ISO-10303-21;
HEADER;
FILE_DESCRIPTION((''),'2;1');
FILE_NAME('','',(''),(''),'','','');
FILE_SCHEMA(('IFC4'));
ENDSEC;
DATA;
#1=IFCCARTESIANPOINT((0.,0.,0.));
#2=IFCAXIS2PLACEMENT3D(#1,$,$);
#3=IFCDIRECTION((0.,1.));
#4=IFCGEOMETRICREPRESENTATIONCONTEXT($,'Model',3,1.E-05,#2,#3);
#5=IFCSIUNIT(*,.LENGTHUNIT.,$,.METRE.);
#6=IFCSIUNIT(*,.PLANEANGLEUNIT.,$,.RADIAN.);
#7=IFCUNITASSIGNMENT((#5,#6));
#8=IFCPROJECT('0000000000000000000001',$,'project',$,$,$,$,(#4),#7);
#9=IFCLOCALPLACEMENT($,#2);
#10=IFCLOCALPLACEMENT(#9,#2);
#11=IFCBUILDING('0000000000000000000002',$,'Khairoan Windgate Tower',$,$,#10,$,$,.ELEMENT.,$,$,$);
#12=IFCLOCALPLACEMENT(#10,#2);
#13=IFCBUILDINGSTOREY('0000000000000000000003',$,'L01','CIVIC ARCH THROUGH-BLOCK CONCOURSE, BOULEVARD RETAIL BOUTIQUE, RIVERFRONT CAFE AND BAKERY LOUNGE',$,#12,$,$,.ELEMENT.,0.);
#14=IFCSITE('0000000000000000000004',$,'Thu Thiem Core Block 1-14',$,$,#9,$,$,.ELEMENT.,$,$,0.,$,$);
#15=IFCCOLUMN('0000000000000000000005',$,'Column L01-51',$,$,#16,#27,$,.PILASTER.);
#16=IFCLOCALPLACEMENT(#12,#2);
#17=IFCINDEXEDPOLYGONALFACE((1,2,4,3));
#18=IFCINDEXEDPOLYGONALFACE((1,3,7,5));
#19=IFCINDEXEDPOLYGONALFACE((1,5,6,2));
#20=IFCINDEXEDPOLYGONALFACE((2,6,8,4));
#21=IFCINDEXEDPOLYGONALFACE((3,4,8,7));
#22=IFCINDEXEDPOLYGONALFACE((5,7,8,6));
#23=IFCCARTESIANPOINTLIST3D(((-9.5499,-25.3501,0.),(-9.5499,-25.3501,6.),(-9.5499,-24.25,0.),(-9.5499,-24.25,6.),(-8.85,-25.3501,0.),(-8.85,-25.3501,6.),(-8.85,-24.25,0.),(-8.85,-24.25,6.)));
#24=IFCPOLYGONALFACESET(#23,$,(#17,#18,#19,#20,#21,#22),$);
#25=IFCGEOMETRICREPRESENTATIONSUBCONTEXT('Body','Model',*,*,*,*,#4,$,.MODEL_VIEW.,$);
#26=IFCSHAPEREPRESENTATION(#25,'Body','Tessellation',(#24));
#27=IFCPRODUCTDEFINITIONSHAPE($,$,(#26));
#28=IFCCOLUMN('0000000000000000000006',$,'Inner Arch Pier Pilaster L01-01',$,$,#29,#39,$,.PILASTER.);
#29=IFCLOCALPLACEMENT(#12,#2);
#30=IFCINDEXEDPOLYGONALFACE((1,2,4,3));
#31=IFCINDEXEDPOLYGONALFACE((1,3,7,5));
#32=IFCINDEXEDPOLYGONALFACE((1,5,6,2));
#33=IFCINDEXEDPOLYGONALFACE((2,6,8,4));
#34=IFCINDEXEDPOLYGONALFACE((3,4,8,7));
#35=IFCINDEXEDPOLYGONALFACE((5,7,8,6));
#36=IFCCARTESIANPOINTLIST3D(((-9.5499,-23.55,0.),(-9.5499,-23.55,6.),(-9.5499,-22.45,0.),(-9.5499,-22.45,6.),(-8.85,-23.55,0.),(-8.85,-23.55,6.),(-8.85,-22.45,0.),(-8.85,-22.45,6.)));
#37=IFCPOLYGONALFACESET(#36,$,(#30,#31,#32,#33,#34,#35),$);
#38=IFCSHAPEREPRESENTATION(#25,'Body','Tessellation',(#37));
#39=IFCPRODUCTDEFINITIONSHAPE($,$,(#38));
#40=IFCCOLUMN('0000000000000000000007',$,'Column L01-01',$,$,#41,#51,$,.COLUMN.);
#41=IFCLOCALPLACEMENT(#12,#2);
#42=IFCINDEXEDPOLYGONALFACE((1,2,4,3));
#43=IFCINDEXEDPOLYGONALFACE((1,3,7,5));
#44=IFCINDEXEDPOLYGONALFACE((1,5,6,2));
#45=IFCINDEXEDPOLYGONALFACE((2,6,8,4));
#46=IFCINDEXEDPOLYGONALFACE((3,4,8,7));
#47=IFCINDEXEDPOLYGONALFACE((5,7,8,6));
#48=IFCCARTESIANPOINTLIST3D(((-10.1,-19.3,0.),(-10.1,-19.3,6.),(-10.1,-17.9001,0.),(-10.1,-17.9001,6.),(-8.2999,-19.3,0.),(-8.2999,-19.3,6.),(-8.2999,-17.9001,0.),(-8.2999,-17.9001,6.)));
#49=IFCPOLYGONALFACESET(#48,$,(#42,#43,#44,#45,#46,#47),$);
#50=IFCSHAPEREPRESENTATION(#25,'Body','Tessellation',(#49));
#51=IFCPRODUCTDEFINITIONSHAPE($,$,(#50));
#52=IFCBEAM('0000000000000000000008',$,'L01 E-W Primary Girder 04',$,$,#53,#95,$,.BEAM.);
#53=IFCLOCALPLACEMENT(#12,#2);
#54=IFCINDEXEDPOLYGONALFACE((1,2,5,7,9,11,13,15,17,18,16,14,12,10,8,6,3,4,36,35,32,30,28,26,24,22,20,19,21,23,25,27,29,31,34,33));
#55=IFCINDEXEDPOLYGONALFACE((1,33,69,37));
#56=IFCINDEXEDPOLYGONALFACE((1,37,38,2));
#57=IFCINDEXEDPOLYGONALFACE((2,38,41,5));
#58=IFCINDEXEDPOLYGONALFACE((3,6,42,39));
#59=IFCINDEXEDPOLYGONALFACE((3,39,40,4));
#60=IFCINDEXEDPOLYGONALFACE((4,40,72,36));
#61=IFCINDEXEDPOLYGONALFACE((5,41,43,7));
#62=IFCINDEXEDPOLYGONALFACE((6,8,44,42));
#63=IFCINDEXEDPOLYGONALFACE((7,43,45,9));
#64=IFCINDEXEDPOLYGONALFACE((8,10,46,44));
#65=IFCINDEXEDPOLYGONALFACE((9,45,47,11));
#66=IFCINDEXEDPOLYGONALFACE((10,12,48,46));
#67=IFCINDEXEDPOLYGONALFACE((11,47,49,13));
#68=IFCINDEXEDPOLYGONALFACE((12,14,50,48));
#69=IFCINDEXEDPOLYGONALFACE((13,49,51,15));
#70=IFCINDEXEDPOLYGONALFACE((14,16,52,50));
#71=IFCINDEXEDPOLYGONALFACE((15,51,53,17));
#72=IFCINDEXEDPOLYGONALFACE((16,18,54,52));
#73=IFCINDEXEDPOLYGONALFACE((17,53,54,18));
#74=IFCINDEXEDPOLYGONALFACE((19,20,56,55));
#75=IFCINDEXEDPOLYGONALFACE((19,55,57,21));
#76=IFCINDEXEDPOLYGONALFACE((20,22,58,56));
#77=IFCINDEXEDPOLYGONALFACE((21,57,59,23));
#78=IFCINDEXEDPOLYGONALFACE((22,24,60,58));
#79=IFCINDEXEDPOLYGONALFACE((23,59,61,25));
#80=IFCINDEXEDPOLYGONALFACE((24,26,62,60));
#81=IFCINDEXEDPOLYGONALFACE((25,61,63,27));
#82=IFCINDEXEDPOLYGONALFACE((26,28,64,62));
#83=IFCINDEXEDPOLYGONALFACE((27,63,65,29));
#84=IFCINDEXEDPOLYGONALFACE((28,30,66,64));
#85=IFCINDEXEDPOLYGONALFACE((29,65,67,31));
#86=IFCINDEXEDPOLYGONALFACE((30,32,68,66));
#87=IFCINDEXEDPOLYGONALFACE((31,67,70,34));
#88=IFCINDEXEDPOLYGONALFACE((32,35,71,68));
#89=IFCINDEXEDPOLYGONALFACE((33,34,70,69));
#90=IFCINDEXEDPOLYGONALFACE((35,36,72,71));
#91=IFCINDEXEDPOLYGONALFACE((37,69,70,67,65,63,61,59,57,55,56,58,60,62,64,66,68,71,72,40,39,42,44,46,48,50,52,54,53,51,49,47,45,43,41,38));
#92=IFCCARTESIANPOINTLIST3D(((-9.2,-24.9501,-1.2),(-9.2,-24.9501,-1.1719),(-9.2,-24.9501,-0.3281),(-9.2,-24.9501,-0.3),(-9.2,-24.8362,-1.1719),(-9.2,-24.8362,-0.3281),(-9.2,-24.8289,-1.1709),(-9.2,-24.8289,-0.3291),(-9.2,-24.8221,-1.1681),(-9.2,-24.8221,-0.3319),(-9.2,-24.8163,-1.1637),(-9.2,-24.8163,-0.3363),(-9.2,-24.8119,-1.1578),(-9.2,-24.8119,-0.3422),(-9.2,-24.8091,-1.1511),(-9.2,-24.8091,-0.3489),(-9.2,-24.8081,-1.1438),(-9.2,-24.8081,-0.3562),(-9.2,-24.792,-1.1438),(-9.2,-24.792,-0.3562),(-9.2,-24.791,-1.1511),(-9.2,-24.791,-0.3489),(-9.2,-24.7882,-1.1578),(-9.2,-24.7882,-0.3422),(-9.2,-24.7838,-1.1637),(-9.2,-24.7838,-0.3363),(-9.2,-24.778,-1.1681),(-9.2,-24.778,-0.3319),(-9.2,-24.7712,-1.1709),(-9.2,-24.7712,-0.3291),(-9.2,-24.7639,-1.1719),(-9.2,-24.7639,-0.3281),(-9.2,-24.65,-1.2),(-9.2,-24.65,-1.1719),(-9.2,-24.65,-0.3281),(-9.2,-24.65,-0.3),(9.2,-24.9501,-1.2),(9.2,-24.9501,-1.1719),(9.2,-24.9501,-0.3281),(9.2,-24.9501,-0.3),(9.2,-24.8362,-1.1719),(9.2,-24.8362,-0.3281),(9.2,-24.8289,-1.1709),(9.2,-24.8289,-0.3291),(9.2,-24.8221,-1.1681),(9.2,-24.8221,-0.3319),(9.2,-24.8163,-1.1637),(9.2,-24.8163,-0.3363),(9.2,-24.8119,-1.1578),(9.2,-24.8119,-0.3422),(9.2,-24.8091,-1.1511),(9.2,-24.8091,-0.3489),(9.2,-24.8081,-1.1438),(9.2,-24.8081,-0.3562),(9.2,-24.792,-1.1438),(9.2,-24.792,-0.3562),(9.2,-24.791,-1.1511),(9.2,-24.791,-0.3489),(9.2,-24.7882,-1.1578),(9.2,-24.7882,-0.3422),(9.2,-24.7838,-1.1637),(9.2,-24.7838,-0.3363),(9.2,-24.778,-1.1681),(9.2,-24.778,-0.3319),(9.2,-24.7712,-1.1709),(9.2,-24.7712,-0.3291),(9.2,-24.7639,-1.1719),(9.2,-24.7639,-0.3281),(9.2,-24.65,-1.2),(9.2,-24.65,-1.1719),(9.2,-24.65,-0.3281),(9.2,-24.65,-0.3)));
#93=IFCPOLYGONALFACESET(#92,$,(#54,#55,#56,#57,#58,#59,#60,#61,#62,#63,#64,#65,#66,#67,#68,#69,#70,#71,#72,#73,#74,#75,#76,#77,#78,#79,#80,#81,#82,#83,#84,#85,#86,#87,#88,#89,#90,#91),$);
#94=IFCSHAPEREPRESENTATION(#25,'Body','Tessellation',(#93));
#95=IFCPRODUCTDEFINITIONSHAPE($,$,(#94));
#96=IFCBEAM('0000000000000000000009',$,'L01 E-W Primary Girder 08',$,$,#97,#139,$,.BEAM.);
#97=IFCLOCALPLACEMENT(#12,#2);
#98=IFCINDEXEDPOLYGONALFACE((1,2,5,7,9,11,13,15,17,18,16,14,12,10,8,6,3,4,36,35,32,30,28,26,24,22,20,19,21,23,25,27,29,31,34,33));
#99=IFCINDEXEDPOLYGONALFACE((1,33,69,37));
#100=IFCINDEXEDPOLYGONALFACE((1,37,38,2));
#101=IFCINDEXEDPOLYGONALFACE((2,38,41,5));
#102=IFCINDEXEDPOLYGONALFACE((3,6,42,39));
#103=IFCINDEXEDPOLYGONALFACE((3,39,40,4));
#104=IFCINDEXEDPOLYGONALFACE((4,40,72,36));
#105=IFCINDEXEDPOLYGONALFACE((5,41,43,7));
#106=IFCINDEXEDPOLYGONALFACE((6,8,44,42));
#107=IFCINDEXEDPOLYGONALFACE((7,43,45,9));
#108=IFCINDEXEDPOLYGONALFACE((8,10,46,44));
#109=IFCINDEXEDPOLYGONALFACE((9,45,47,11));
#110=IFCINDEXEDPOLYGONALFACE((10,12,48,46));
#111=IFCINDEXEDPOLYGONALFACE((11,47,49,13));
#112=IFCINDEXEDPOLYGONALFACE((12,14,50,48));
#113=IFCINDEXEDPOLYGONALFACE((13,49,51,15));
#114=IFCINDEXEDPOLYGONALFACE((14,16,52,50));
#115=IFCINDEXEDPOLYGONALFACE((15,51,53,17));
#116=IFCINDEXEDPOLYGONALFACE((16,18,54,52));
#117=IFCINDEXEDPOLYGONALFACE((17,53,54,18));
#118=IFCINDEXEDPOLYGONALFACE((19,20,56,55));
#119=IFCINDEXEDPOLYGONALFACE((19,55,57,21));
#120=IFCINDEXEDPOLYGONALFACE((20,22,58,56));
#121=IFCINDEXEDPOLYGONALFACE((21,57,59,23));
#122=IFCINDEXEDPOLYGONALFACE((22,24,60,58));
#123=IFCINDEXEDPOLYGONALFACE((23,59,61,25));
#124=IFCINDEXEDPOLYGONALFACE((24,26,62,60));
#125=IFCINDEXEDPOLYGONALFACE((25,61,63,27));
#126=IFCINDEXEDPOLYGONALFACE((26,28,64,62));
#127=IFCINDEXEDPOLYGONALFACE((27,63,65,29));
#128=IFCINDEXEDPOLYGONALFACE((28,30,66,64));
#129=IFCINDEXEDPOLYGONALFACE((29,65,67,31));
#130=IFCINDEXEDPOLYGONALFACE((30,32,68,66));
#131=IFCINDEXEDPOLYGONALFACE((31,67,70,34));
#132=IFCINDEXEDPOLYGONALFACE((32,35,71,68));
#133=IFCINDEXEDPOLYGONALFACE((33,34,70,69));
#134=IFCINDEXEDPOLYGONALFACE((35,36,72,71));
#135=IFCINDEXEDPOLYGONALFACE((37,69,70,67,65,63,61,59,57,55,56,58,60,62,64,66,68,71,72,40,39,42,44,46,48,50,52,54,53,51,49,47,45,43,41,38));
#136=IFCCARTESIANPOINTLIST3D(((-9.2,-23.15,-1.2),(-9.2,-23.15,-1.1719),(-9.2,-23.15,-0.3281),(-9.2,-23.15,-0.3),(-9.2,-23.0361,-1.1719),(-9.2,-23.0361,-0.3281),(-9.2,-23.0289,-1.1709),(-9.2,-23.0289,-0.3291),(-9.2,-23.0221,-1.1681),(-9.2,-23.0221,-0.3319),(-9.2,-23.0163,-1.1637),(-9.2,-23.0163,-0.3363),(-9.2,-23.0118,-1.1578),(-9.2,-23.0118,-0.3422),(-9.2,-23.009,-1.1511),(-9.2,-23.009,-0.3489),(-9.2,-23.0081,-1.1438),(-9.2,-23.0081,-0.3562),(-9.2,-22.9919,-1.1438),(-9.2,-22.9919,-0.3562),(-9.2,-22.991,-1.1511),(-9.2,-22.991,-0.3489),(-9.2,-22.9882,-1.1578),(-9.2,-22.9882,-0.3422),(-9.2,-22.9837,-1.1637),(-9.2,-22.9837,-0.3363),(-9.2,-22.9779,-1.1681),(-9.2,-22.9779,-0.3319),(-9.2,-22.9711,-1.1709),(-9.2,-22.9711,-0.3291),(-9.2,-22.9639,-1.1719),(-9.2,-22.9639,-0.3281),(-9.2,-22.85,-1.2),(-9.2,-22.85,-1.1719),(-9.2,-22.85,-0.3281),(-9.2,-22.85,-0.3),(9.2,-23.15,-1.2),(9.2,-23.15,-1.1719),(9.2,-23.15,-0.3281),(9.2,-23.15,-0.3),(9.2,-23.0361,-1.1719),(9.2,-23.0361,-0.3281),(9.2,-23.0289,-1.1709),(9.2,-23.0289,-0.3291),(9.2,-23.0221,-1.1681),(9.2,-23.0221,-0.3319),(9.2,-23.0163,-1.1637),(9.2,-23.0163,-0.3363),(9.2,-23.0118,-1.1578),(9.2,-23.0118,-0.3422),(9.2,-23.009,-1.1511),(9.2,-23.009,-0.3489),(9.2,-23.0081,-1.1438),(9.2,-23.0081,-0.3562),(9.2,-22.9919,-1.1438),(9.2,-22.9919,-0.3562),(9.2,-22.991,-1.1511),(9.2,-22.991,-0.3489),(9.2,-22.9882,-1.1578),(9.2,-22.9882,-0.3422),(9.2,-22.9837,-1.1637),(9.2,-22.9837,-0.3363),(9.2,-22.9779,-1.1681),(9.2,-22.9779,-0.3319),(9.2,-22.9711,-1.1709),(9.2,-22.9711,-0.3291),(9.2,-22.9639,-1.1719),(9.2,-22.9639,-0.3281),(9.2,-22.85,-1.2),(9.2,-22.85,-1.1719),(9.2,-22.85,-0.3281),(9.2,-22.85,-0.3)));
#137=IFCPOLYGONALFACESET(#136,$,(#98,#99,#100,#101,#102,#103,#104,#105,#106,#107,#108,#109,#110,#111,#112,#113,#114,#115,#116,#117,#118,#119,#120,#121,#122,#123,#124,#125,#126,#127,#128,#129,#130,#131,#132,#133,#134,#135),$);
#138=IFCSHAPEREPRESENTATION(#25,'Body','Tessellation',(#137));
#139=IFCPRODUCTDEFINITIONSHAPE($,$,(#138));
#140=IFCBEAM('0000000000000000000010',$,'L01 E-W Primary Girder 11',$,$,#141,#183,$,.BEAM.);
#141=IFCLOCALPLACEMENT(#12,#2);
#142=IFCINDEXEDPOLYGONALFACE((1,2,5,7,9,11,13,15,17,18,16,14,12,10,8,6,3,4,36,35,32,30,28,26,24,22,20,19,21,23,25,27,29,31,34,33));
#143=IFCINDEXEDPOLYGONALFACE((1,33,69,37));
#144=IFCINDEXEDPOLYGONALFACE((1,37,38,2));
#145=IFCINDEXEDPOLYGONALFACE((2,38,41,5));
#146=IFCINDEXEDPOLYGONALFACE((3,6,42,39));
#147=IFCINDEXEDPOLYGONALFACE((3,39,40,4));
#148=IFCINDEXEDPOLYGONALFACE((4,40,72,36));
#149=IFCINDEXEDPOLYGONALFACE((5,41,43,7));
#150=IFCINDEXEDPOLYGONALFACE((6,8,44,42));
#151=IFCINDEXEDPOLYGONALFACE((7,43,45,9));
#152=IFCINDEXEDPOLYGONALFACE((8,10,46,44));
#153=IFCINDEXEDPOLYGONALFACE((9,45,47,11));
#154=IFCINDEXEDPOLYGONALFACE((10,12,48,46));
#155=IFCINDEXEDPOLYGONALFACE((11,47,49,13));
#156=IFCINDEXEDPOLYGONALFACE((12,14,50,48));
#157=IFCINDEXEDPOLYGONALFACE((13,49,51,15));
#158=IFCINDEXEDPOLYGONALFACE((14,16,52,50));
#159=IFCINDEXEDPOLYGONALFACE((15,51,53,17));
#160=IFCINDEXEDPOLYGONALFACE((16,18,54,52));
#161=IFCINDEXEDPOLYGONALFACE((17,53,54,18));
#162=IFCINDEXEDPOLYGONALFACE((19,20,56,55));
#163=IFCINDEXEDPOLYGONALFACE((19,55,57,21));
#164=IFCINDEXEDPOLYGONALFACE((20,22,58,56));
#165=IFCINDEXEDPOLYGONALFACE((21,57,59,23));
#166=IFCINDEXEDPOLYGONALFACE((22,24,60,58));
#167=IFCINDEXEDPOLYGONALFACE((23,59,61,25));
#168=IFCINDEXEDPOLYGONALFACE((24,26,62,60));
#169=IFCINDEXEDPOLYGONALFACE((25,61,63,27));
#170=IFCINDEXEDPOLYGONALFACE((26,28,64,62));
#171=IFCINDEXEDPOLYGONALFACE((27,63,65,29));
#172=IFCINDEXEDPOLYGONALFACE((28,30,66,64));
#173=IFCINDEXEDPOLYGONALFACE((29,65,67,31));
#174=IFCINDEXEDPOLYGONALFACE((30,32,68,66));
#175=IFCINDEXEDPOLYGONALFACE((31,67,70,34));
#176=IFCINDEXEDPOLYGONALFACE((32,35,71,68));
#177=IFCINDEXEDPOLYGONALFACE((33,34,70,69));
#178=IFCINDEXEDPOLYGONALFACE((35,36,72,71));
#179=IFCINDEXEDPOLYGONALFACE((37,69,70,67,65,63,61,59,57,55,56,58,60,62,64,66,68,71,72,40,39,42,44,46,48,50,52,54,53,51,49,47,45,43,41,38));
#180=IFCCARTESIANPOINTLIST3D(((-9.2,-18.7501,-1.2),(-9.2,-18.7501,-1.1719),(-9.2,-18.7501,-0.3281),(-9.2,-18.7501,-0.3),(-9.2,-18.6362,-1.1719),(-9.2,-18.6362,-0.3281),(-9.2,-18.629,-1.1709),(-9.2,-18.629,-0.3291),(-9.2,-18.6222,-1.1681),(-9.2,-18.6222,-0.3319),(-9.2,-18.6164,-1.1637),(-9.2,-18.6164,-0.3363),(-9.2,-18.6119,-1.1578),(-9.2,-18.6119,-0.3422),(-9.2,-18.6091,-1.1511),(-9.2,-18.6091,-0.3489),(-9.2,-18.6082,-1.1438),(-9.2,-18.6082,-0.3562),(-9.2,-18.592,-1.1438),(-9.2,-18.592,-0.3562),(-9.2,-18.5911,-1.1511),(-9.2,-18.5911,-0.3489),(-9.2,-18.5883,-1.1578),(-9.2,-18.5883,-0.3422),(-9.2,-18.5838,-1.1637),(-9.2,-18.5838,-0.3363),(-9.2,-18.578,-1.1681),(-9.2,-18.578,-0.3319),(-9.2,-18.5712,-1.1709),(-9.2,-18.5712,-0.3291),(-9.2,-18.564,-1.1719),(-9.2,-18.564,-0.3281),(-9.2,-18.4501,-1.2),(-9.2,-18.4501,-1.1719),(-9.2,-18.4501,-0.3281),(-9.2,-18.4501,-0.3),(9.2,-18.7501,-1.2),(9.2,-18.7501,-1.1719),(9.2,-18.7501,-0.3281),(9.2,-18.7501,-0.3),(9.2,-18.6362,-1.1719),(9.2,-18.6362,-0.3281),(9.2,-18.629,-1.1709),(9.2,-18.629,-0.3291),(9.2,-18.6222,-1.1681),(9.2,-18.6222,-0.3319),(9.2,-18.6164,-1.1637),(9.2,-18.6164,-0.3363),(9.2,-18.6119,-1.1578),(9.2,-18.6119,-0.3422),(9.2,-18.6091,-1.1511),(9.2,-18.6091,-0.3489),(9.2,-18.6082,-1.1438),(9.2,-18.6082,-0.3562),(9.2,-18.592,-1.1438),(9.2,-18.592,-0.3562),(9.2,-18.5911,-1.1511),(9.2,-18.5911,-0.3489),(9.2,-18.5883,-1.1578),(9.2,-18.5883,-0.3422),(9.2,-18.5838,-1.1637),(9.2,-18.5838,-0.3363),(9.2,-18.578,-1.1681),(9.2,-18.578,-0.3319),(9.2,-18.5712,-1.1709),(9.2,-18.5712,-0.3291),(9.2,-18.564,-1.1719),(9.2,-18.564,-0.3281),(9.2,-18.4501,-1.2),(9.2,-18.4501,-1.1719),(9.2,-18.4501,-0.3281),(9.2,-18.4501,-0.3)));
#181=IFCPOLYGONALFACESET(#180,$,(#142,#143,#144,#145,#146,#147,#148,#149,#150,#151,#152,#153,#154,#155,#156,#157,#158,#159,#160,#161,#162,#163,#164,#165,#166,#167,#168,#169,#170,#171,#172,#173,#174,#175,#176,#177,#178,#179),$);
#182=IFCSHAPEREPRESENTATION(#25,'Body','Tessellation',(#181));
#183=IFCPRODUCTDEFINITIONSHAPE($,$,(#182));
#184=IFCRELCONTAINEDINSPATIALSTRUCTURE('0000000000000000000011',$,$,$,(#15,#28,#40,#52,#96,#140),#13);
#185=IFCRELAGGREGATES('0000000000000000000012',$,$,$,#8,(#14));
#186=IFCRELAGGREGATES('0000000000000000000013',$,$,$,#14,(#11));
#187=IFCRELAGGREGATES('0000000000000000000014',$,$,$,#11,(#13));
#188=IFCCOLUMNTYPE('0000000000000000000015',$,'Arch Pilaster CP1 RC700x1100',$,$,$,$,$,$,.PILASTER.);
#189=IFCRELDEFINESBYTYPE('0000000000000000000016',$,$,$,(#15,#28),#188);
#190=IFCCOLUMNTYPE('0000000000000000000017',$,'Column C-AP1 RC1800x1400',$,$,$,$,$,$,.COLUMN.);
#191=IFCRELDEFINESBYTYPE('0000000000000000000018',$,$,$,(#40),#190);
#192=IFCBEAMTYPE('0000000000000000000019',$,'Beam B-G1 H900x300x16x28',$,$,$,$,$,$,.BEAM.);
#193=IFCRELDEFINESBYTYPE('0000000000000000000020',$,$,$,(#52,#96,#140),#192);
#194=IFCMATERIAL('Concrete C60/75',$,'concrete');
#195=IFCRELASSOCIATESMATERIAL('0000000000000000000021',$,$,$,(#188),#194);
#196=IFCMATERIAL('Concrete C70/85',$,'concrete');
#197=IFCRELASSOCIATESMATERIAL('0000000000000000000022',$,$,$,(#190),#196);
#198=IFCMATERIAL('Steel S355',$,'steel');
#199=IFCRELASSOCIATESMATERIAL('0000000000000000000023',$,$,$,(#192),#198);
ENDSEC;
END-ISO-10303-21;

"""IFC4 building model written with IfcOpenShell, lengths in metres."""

from ifc_helpers import new_model, si_unit, direction, frame, origin, origin_2d, place, context, subcontext, project, spatial, rectangle, i_section, extrude, material, material_profile, profile_set, type_object, element, save


model = new_model("IFC4")

# Units and contexts
model_context = context("Model", 3, precision=1e-05, world=origin(), true_north=direction((0.0, 1.0)))
body_context = subcontext(model_context, "Body", "Model", "MODEL_VIEW")
ifc_project = project(units=[si_unit("LENGTHUNIT", "METRE"), si_unit("PLANEANGLEUNIT", "RADIAN")], contexts=[model_context])

# Site, building, storey
site_placement = place(None, origin())
site = spatial("IfcSite", under=ifc_project, at=site_placement, Name="Thu Thiem Core Block 1-14", CompositionType="ELEMENT", RefElevation=0.0)
building_placement = place(site_placement, origin())
building = spatial("IfcBuilding", under=site, at=building_placement, Name="Khairoan Windgate Tower", CompositionType="ELEMENT")
storey_placement = place(building_placement, origin())
storey = spatial("IfcBuildingStorey", under=building, at=storey_placement, Name="L01", Description="CIVIC ARCH THROUGH-BLOCK CONCOURSE, BOULEVARD RETAIL BOUTIQUE, RIVERFRONT CAFE AND BAKERY LOUNGE", CompositionType="ELEMENT", Elevation=0.0)

# Columns
ifc_material_1 = material(Name="Concrete C60/75", Category="concrete")
ifc_material_profile_1 = material_profile(ifc_material_1, rectangle(XDim=0.7, YDim=1.1001, at=origin_2d()))
ifc_profile_set_1 = profile_set([ifc_material_profile_1], Name="Concrete C60/75")
column_type_1 = type_object("IfcColumnType", Name="Arch Pilaster CP1 RC700x1100", PredefinedType="PILASTER", material=ifc_profile_set_1)
for number, where, z_axis, x_axis, name in (
    (1, (-9.2, -24.8, 0.0), (0.0, 0.0, 1.0), (1.0, 0.0, 0.0), "Column L01-51"),
    (2, (-9.2, -23.0, 0.0), (0.0, 0.0, 1.0), (1.0, 0.0, 0.0), "Inner Arch Pier Pilaster L01-01"),
):
    element("IfcColumn", number, at=place(storey_placement, frame(where, z_axis=z_axis, x_axis=x_axis)), inside=storey, type_object=column_type_1, Name=name, PredefinedType="PILASTER", context=body_context, shape_type="SweptSolid", body=[
        extrude(rectangle(XDim=0.7, YDim=1.1001, at=origin_2d()), origin(), (0.0, 0.0, 1.0), 6.0),
    ])
ifc_material_2 = material(Name="Concrete C70/85", Category="concrete")
ifc_material_profile_2 = material_profile(ifc_material_2, rectangle(XDim=1.8, YDim=1.3999, at=origin_2d()))
ifc_profile_set_2 = profile_set([ifc_material_profile_2], Name="Concrete C70/85")
column_type_2 = type_object("IfcColumnType", Name="Column C-AP1 RC1800x1400", PredefinedType="COLUMN", material=ifc_profile_set_2)
column_placement = place(storey_placement, frame((-9.2, -18.6001, 0.0), z_axis=(0.0, 0.0, 1.0), x_axis=(1.0, 0.0, 0.0)))
element("IfcColumn", 3, at=column_placement, inside=storey, type_object=column_type_2, Name="Column L01-01", PredefinedType="COLUMN", context=body_context, shape_type="SweptSolid", body=[
    extrude(rectangle(XDim=1.8, YDim=1.3999, at=origin_2d()), origin(), (0.0, 0.0, 1.0), 6.0),
])

# Beams
ifc_material_3 = material(Name="Steel S355", Category="steel")
ifc_material_profile_3 = material_profile(ifc_material_3, i_section(OverallWidth=0.3, OverallDepth=0.8999, WebThickness=0.0161, FlangeThickness=0.0281, FilletRadius=0.0281, at=origin_2d()))
ifc_profile_set_3 = profile_set([ifc_material_profile_3], Name="Steel S355")
beam_type_1 = type_object("IfcBeamType", Name="Beam B-G1 H900x300x16x28", PredefinedType="BEAM", material=ifc_profile_set_3)
for number, where, z_axis, x_axis, name in (
    (4, (-9.2, -24.8, -0.75), (1.0, 0.0, 0.0), (0.0, 1.0, 0.0), "L01 E-W Primary Girder 04"),
    (5, (-9.2, -23.0, -0.75), (1.0, 0.0, 0.0), (0.0, 1.0, 0.0), "L01 E-W Primary Girder 08"),
    (6, (-9.2, -18.6001, -0.75), (1.0, 0.0, 0.0), (0.0, 1.0, 0.0), "L01 E-W Primary Girder 11"),
):
    element("IfcBeam", number, at=place(storey_placement, frame(where, z_axis=z_axis, x_axis=x_axis)), inside=storey, type_object=beam_type_1, Name=name, PredefinedType="BEAM", context=body_context, shape_type="SweptSolid", body=[
        extrude(i_section(OverallWidth=0.3, OverallDepth=0.8999, WebThickness=0.0161, FlangeThickness=0.0281, FilletRadius=0.0281, at=origin_2d()), origin(), (0.0, 0.0, 1.0), 18.3999),
    ])

save(model, "model.ifc")
